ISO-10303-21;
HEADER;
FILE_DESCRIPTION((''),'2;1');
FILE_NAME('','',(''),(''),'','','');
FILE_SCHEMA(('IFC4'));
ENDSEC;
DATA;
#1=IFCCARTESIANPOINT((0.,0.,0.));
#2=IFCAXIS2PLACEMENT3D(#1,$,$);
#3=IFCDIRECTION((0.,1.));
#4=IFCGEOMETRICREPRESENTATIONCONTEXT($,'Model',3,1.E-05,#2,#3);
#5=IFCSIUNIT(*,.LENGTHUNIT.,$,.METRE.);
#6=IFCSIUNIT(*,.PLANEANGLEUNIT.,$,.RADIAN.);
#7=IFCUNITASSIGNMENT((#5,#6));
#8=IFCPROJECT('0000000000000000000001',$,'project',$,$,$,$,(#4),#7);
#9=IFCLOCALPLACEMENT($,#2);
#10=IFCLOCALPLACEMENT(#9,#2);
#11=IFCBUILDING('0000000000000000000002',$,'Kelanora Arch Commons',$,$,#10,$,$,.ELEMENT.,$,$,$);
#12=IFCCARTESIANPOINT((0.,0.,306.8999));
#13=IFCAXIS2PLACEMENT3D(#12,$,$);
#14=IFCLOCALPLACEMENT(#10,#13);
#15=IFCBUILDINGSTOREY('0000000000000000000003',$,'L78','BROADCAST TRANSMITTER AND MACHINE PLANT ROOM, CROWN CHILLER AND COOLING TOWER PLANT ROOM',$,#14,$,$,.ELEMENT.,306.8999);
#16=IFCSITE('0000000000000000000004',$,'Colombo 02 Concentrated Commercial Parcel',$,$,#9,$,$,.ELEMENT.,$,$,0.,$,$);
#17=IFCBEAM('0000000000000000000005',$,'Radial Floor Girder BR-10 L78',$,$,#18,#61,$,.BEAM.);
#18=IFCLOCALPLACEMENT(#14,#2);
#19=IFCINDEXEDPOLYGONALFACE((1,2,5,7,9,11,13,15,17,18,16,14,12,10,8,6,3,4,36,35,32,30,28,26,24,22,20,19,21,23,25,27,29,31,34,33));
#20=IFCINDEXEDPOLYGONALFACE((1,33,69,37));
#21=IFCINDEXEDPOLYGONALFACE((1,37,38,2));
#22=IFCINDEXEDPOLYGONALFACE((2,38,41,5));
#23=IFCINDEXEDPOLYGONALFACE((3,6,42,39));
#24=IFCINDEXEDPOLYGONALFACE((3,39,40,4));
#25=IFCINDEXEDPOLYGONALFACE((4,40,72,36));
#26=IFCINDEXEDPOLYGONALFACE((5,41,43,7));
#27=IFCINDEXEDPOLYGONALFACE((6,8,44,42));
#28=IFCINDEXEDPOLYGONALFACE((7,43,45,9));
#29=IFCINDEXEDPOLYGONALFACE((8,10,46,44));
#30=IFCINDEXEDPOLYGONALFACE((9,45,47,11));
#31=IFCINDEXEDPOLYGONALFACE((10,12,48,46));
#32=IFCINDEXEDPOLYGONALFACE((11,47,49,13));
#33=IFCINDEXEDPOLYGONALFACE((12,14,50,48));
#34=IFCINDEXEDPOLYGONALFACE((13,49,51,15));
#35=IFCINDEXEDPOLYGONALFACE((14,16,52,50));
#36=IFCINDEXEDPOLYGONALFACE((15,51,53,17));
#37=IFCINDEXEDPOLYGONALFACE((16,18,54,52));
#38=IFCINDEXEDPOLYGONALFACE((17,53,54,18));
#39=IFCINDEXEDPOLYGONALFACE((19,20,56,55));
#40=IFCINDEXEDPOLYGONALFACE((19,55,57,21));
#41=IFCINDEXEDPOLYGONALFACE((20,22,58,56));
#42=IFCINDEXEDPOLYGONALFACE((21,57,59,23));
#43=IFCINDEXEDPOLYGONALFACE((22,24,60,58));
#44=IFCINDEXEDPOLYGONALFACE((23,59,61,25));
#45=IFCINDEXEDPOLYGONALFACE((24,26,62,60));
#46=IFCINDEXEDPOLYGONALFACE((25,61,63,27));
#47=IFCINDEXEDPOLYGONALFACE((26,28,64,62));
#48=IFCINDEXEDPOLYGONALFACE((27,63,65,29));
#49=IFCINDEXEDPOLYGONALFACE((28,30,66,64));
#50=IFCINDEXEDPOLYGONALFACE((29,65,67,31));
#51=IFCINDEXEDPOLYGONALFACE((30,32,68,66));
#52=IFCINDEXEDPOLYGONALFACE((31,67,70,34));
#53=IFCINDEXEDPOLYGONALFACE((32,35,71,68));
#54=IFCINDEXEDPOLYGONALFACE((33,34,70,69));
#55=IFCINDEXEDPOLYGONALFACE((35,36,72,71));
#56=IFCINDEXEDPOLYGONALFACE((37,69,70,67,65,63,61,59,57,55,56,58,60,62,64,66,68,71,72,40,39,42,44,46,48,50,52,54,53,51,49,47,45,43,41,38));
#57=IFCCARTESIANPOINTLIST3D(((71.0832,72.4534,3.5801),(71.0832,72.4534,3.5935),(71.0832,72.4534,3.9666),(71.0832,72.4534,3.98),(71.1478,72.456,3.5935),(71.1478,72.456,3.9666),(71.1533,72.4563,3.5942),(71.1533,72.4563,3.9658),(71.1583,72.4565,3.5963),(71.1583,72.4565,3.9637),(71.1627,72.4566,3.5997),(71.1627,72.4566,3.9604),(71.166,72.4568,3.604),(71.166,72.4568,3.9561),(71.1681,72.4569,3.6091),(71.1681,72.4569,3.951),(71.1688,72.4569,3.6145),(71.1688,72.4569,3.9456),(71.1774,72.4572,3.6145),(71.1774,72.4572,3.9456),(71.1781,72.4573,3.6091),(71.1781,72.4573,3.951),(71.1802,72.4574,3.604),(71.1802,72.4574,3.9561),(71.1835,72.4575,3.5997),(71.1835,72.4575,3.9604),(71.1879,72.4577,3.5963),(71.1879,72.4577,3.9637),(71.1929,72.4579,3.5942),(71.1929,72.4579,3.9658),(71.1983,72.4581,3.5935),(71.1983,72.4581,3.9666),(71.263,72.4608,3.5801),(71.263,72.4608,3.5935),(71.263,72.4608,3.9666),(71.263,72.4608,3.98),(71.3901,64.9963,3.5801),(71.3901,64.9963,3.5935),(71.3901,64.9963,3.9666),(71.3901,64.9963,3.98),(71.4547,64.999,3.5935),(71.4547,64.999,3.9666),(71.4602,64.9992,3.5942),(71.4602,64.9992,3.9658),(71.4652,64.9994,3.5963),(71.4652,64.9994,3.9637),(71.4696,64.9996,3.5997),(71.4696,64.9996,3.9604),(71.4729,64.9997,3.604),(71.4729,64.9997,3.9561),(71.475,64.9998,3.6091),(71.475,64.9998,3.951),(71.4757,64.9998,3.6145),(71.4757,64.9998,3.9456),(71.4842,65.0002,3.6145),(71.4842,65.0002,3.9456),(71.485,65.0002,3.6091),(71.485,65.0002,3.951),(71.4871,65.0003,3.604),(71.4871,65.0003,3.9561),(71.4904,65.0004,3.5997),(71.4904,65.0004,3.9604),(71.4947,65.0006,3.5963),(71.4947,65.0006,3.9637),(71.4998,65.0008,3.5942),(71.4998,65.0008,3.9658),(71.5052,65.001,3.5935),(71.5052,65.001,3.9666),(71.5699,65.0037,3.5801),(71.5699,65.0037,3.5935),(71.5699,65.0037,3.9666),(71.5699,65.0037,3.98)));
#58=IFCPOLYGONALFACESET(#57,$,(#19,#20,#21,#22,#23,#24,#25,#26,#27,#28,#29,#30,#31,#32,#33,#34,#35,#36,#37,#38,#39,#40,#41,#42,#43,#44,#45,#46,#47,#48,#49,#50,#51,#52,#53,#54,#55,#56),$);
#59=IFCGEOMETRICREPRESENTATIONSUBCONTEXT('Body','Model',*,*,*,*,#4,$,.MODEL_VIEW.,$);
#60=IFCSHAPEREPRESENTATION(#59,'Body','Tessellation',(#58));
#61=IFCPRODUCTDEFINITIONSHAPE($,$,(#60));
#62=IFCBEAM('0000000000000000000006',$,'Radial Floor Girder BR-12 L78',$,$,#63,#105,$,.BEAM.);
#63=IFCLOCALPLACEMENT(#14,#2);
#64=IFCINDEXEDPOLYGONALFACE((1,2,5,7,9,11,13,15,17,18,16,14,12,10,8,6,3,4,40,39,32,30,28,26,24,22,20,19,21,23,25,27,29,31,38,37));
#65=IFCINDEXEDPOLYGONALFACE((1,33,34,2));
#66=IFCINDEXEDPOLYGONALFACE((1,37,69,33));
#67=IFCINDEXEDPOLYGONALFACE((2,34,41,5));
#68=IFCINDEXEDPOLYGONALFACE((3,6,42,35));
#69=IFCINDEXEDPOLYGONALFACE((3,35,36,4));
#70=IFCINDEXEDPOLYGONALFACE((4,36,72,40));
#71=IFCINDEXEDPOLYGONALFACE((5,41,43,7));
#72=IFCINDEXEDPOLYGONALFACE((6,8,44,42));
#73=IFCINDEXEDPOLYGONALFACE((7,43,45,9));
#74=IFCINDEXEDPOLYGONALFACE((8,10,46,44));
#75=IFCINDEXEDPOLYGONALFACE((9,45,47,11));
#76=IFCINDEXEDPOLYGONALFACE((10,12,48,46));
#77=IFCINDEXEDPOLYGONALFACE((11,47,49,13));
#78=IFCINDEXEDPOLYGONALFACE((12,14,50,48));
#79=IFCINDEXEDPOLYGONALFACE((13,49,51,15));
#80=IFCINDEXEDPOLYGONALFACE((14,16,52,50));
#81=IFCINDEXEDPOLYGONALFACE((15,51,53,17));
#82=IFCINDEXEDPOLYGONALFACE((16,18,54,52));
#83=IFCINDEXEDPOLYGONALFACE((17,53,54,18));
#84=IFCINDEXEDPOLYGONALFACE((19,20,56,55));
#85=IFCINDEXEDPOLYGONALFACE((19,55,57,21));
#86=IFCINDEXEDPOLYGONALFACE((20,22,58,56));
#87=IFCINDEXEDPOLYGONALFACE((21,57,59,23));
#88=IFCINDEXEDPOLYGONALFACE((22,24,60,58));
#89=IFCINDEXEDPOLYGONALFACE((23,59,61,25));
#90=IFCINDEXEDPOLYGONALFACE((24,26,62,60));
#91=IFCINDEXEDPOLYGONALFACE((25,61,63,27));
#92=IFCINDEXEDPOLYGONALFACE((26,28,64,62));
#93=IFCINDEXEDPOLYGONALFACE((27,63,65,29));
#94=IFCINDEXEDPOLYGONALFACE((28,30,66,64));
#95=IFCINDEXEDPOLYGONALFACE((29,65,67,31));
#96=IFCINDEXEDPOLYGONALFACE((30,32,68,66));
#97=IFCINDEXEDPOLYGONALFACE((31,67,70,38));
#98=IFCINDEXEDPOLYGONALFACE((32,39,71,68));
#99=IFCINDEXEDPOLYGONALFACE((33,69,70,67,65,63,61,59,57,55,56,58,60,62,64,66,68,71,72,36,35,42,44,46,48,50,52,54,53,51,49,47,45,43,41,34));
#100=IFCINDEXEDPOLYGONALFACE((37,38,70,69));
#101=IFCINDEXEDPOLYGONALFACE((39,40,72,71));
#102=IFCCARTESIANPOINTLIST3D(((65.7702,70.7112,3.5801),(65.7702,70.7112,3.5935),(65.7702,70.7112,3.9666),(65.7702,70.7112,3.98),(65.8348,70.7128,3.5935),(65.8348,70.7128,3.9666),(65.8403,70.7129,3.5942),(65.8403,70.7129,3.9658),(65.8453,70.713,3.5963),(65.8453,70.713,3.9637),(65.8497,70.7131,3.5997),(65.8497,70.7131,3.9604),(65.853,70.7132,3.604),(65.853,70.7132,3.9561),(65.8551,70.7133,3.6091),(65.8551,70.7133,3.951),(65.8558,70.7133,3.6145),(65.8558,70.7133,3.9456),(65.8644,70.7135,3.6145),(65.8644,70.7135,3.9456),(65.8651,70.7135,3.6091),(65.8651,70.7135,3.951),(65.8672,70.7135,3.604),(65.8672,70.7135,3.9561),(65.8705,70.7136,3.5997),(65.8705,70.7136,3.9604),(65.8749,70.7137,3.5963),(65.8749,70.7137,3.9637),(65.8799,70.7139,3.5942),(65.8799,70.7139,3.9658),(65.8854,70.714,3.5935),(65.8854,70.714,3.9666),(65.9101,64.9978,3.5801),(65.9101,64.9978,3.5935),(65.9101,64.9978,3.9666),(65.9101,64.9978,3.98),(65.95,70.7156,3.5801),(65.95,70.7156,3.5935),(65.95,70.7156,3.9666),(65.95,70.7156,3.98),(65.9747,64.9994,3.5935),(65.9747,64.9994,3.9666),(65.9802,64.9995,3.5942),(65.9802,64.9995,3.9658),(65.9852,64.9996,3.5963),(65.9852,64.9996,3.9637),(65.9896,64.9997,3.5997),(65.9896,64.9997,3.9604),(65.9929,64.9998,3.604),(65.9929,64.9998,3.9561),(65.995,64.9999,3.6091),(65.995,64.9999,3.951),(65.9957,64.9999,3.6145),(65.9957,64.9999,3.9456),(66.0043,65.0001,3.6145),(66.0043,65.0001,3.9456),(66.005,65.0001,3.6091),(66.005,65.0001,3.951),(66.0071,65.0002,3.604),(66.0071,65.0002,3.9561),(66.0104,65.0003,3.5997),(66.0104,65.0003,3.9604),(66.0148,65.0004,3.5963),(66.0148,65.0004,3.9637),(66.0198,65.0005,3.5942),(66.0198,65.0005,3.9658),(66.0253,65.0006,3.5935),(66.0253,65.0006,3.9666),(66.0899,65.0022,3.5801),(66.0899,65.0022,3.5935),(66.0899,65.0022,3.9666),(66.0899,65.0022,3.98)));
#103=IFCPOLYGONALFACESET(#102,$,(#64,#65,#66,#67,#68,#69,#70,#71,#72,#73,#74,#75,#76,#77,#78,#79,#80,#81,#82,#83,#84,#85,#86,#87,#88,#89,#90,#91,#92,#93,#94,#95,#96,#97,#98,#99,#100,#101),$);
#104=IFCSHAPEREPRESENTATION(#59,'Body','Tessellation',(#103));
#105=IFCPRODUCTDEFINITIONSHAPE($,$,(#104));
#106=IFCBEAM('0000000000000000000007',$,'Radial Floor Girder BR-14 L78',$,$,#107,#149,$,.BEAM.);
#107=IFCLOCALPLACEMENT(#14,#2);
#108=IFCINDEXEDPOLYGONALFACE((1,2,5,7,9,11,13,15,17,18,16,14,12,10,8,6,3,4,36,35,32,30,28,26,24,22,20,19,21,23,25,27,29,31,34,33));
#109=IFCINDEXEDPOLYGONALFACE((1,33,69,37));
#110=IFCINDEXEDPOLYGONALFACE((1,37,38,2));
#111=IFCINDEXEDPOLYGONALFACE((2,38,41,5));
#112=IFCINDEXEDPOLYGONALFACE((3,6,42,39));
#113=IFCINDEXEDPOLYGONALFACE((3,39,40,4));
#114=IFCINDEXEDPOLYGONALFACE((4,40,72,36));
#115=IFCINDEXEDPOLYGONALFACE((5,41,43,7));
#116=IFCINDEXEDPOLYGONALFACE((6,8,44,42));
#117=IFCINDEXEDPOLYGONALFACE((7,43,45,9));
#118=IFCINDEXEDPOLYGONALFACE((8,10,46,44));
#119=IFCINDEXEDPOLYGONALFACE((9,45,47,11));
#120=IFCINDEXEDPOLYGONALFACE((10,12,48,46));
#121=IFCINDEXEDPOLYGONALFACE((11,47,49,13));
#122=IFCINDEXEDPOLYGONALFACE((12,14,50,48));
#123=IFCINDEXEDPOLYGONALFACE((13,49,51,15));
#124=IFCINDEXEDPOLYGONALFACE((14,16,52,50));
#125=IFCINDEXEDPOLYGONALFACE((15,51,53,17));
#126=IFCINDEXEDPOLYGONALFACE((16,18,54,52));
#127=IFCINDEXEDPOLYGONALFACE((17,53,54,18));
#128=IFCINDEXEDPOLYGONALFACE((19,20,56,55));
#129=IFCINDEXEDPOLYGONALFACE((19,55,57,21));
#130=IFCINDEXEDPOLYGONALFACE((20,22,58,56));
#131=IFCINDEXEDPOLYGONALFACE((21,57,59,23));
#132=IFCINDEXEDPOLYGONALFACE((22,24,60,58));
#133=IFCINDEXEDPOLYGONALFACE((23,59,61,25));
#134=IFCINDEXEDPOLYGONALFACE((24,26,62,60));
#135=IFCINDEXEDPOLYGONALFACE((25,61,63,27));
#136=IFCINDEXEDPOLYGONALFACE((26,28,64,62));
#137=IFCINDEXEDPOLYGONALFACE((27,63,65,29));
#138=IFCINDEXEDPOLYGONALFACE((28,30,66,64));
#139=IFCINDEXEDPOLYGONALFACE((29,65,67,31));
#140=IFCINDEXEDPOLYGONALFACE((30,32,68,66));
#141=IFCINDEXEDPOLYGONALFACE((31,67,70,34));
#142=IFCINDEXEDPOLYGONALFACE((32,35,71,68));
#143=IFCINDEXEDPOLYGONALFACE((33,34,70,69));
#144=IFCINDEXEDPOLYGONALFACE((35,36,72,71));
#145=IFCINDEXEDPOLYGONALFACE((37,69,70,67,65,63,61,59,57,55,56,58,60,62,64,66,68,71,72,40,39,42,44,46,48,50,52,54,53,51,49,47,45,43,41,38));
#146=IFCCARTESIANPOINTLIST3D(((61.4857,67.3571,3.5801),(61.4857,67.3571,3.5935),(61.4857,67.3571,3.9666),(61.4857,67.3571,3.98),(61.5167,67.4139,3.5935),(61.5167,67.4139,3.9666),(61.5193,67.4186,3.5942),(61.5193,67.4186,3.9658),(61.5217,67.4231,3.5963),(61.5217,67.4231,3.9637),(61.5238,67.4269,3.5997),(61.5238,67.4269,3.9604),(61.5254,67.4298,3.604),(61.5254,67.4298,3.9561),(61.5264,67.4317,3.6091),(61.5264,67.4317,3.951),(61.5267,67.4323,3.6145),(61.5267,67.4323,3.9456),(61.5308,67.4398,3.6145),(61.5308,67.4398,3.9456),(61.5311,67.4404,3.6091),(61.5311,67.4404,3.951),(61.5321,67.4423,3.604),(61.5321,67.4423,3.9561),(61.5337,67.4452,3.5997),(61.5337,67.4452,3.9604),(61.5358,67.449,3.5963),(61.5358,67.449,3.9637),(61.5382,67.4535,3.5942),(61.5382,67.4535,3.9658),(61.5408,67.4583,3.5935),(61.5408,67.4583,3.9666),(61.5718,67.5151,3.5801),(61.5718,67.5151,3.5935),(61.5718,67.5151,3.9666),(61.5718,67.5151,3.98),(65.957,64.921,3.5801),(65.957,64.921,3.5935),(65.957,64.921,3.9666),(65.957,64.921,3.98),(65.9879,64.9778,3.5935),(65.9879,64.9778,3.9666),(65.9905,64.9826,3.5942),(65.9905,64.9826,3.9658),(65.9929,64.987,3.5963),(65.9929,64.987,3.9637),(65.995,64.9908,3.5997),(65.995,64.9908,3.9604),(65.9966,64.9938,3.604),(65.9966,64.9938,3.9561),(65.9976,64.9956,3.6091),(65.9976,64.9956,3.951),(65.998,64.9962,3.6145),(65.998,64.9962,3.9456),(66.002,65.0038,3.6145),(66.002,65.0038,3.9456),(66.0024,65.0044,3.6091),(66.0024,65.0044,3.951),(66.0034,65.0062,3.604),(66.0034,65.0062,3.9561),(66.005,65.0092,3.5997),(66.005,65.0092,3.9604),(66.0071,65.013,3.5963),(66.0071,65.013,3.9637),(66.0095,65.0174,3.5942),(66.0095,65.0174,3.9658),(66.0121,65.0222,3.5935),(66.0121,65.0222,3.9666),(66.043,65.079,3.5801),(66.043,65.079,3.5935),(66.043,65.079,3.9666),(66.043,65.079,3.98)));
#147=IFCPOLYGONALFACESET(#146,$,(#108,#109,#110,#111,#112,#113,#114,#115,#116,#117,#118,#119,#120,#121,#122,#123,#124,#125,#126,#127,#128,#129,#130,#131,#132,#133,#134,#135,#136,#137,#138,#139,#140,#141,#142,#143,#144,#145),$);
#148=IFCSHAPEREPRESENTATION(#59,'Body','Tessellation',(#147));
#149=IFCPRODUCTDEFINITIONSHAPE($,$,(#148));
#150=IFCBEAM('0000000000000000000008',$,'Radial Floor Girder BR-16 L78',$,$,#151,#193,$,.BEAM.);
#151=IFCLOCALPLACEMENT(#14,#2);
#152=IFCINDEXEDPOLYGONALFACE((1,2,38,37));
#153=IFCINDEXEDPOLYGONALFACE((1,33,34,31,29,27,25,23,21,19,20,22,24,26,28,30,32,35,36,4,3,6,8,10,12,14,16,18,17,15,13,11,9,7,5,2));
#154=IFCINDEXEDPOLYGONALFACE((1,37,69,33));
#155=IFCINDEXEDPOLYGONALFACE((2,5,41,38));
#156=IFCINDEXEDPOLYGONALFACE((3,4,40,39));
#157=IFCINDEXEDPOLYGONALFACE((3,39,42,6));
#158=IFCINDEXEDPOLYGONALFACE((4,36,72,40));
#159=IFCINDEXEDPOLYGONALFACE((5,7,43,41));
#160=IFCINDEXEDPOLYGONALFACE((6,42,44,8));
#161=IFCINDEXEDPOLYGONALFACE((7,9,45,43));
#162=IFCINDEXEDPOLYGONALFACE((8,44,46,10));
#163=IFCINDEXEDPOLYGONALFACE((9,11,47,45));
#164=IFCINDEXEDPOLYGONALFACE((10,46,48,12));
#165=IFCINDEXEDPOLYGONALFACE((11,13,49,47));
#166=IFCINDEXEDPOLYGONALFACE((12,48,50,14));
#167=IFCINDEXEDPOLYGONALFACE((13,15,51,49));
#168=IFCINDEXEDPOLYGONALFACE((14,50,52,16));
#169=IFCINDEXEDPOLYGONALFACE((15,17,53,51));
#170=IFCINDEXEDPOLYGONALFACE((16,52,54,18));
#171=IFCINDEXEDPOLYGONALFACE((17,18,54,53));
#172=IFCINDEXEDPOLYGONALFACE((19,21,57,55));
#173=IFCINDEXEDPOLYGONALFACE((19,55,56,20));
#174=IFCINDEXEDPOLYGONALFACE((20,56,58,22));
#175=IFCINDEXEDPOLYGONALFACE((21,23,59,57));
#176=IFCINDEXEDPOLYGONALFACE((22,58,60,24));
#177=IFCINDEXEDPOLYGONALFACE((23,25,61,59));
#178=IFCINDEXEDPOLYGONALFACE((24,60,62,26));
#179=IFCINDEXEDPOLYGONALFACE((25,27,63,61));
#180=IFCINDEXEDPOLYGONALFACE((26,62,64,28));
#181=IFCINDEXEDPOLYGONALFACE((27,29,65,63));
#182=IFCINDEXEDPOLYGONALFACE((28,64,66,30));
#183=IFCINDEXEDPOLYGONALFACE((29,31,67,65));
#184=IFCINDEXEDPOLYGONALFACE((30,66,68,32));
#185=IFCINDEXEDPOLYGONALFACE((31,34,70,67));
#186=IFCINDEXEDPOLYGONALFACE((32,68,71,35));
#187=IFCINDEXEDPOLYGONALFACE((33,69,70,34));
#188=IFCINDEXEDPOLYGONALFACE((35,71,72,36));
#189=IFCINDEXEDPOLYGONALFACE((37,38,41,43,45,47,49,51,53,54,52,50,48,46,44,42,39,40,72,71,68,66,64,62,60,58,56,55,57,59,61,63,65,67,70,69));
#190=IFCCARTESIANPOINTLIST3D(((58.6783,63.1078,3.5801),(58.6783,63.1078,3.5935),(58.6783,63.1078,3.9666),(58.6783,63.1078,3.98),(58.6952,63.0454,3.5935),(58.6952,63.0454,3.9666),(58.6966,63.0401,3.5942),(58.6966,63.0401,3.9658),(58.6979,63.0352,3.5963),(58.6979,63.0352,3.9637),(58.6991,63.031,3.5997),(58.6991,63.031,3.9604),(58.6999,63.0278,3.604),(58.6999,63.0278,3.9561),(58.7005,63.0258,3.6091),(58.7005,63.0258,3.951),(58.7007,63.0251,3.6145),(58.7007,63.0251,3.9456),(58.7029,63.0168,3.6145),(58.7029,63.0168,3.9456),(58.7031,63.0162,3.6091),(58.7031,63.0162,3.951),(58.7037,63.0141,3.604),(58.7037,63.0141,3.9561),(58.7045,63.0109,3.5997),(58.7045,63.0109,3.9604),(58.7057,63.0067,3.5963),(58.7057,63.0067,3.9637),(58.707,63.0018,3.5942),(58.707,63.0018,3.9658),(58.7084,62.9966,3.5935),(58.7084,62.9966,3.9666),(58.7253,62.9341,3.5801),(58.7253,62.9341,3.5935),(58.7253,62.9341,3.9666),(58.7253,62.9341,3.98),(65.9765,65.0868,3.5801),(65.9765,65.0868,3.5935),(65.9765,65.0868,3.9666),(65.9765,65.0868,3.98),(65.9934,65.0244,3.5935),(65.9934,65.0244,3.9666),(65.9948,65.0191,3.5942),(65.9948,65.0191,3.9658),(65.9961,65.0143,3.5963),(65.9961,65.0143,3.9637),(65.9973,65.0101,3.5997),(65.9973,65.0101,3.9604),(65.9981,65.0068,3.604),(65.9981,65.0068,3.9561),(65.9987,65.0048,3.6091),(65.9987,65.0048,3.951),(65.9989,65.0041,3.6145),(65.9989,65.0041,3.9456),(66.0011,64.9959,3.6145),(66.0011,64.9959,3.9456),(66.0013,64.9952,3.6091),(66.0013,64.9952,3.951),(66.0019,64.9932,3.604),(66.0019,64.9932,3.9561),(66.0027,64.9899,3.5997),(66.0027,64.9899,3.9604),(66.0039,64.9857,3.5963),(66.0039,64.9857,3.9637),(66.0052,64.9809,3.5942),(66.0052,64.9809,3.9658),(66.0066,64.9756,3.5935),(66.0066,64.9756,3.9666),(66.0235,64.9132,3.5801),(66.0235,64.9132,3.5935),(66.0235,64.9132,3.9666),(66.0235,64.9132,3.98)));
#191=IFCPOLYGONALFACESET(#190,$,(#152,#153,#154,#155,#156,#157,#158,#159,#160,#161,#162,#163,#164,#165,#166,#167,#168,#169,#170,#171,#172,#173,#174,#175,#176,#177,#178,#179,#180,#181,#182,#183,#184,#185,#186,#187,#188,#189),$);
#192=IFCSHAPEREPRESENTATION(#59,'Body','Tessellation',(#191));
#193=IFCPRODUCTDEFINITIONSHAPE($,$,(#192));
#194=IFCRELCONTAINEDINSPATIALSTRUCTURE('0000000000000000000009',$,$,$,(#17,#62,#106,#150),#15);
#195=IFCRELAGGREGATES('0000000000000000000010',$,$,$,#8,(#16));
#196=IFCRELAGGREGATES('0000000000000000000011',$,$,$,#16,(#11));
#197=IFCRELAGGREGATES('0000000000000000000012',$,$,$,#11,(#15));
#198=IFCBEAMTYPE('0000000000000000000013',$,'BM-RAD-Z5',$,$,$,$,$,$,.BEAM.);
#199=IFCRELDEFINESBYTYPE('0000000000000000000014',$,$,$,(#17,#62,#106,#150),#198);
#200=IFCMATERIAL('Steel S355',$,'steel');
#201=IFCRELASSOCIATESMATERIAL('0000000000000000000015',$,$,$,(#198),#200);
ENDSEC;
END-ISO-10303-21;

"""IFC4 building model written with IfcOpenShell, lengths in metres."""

from ifc_helpers import new_model, si_unit, direction, frame, origin, origin_2d, place, context, subcontext, project, spatial, i_section, extrude, material, material_profile, profile_set, type_object, element, save


model = new_model("IFC4")

# Units and contexts
model_context = context("Model", 3, precision=1e-05, world=origin(), true_north=direction((0.0, 1.0)))
body_context = subcontext(model_context, "Body", "Model", "MODEL_VIEW")
ifc_project = project(units=[si_unit("LENGTHUNIT", "METRE"), si_unit("PLANEANGLEUNIT", "RADIAN")], contexts=[model_context])

# Site, building, storey
site_placement = place(None, origin())
site = spatial("IfcSite", under=ifc_project, at=site_placement, Name="Colombo 02 Concentrated Commercial Parcel", CompositionType="ELEMENT", RefElevation=0.0)
building_placement = place(site_placement, origin())
building = spatial("IfcBuilding", under=site, at=building_placement, Name="Kelanora Arch Commons", CompositionType="ELEMENT")
storey_placement = place(building_placement, frame((0.0, 0.0, 306.8999)))
storey = spatial("IfcBuildingStorey", under=building, at=storey_placement, Name="L78", Description="BROADCAST TRANSMITTER AND MACHINE PLANT ROOM, CROWN CHILLER AND COOLING TOWER PLANT ROOM", CompositionType="ELEMENT", Elevation=306.8999)

# Beams
ifc_material_1 = material(Name="Steel S355", Category="steel")
ifc_material_profile_1 = material_profile(ifc_material_1, i_section(OverallWidth=0.1799, OverallDepth=0.3999, WebThickness=0.0085, FlangeThickness=0.0134, FilletRadius=0.021, at=origin_2d()), Name="IPE400")
ifc_profile_set_1 = profile_set([ifc_material_profile_1], Name="Steel S355")
beam_type_1 = type_object("IfcBeamType", Name="BM-RAD-Z5", PredefinedType="BEAM", material=ifc_profile_set_1)
beam_1_placement = place(storey_placement, frame((71.48, 65.0, 3.78), z_axis=(-0.041119, 0.999154, 0.0), x_axis=(-0.999154, -0.041119, 0.0)))
element("IfcBeam", 1, at=beam_1_placement, inside=storey, type_object=beam_type_1, Name="Radial Floor Girder BR-10 L78", PredefinedType="BEAM", context=body_context, shape_type="SweptSolid", body=[
    extrude(i_section(OverallWidth=0.1799, OverallDepth=0.3999, WebThickness=0.0085, FlangeThickness=0.0134, FilletRadius=0.021, at=origin_2d()), origin(), (0.0, 0.0, 1.0), 7.4634),
])
beam_2_placement = place(storey_placement, frame((66.0, 65.0, 3.78), z_axis=(-0.024478, 0.9997, 0.0), x_axis=(-0.9997, -0.024478, 0.0)))
element("IfcBeam", 2, at=beam_2_placement, inside=storey, type_object=beam_type_1, Name="Radial Floor Girder BR-12 L78", PredefinedType="BEAM", context=body_context, shape_type="SweptSolid", body=[
    extrude(i_section(OverallWidth=0.1799, OverallDepth=0.3999, WebThickness=0.0085, FlangeThickness=0.0134, FilletRadius=0.021, at=origin_2d()), origin(), (0.0, 0.0, 1.0), 5.7151),
])
beam_3_placement = place(storey_placement, frame((66.0, 65.0, 3.78), z_axis=(-0.878126, 0.478429, 0.0), x_axis=(-0.478429, -0.878126, 0.0)))
element("IfcBeam", 3, at=beam_3_placement, inside=storey, type_object=beam_type_1, Name="Radial Floor Girder BR-14 L78", PredefinedType="BEAM", context=body_context, shape_type="SweptSolid", body=[
    extrude(i_section(OverallWidth=0.1799, OverallDepth=0.3999, WebThickness=0.0085, FlangeThickness=0.0134, FilletRadius=0.021, at=origin_2d()), origin(), (0.0, 0.0, 1.0), 5.0918),
])
beam_4_placement = place(storey_placement, frame((66.0, 65.0, 3.78), z_axis=(-0.965145, -0.261716, 0.0), x_axis=(0.261716, -0.965145, 0.0)))
element("IfcBeam", 4, at=beam_4_placement, inside=storey, type_object=beam_type_1, Name="Radial Floor Girder BR-16 L78", PredefinedType="BEAM", context=body_context, shape_type="SweptSolid", body=[
    extrude(i_section(OverallWidth=0.1799, OverallDepth=0.3999, WebThickness=0.0085, FlangeThickness=0.0134, FilletRadius=0.021, at=origin_2d()), origin(), (0.0, 0.0, 1.0), 7.5618),
])

save(model, "model.ifc")
